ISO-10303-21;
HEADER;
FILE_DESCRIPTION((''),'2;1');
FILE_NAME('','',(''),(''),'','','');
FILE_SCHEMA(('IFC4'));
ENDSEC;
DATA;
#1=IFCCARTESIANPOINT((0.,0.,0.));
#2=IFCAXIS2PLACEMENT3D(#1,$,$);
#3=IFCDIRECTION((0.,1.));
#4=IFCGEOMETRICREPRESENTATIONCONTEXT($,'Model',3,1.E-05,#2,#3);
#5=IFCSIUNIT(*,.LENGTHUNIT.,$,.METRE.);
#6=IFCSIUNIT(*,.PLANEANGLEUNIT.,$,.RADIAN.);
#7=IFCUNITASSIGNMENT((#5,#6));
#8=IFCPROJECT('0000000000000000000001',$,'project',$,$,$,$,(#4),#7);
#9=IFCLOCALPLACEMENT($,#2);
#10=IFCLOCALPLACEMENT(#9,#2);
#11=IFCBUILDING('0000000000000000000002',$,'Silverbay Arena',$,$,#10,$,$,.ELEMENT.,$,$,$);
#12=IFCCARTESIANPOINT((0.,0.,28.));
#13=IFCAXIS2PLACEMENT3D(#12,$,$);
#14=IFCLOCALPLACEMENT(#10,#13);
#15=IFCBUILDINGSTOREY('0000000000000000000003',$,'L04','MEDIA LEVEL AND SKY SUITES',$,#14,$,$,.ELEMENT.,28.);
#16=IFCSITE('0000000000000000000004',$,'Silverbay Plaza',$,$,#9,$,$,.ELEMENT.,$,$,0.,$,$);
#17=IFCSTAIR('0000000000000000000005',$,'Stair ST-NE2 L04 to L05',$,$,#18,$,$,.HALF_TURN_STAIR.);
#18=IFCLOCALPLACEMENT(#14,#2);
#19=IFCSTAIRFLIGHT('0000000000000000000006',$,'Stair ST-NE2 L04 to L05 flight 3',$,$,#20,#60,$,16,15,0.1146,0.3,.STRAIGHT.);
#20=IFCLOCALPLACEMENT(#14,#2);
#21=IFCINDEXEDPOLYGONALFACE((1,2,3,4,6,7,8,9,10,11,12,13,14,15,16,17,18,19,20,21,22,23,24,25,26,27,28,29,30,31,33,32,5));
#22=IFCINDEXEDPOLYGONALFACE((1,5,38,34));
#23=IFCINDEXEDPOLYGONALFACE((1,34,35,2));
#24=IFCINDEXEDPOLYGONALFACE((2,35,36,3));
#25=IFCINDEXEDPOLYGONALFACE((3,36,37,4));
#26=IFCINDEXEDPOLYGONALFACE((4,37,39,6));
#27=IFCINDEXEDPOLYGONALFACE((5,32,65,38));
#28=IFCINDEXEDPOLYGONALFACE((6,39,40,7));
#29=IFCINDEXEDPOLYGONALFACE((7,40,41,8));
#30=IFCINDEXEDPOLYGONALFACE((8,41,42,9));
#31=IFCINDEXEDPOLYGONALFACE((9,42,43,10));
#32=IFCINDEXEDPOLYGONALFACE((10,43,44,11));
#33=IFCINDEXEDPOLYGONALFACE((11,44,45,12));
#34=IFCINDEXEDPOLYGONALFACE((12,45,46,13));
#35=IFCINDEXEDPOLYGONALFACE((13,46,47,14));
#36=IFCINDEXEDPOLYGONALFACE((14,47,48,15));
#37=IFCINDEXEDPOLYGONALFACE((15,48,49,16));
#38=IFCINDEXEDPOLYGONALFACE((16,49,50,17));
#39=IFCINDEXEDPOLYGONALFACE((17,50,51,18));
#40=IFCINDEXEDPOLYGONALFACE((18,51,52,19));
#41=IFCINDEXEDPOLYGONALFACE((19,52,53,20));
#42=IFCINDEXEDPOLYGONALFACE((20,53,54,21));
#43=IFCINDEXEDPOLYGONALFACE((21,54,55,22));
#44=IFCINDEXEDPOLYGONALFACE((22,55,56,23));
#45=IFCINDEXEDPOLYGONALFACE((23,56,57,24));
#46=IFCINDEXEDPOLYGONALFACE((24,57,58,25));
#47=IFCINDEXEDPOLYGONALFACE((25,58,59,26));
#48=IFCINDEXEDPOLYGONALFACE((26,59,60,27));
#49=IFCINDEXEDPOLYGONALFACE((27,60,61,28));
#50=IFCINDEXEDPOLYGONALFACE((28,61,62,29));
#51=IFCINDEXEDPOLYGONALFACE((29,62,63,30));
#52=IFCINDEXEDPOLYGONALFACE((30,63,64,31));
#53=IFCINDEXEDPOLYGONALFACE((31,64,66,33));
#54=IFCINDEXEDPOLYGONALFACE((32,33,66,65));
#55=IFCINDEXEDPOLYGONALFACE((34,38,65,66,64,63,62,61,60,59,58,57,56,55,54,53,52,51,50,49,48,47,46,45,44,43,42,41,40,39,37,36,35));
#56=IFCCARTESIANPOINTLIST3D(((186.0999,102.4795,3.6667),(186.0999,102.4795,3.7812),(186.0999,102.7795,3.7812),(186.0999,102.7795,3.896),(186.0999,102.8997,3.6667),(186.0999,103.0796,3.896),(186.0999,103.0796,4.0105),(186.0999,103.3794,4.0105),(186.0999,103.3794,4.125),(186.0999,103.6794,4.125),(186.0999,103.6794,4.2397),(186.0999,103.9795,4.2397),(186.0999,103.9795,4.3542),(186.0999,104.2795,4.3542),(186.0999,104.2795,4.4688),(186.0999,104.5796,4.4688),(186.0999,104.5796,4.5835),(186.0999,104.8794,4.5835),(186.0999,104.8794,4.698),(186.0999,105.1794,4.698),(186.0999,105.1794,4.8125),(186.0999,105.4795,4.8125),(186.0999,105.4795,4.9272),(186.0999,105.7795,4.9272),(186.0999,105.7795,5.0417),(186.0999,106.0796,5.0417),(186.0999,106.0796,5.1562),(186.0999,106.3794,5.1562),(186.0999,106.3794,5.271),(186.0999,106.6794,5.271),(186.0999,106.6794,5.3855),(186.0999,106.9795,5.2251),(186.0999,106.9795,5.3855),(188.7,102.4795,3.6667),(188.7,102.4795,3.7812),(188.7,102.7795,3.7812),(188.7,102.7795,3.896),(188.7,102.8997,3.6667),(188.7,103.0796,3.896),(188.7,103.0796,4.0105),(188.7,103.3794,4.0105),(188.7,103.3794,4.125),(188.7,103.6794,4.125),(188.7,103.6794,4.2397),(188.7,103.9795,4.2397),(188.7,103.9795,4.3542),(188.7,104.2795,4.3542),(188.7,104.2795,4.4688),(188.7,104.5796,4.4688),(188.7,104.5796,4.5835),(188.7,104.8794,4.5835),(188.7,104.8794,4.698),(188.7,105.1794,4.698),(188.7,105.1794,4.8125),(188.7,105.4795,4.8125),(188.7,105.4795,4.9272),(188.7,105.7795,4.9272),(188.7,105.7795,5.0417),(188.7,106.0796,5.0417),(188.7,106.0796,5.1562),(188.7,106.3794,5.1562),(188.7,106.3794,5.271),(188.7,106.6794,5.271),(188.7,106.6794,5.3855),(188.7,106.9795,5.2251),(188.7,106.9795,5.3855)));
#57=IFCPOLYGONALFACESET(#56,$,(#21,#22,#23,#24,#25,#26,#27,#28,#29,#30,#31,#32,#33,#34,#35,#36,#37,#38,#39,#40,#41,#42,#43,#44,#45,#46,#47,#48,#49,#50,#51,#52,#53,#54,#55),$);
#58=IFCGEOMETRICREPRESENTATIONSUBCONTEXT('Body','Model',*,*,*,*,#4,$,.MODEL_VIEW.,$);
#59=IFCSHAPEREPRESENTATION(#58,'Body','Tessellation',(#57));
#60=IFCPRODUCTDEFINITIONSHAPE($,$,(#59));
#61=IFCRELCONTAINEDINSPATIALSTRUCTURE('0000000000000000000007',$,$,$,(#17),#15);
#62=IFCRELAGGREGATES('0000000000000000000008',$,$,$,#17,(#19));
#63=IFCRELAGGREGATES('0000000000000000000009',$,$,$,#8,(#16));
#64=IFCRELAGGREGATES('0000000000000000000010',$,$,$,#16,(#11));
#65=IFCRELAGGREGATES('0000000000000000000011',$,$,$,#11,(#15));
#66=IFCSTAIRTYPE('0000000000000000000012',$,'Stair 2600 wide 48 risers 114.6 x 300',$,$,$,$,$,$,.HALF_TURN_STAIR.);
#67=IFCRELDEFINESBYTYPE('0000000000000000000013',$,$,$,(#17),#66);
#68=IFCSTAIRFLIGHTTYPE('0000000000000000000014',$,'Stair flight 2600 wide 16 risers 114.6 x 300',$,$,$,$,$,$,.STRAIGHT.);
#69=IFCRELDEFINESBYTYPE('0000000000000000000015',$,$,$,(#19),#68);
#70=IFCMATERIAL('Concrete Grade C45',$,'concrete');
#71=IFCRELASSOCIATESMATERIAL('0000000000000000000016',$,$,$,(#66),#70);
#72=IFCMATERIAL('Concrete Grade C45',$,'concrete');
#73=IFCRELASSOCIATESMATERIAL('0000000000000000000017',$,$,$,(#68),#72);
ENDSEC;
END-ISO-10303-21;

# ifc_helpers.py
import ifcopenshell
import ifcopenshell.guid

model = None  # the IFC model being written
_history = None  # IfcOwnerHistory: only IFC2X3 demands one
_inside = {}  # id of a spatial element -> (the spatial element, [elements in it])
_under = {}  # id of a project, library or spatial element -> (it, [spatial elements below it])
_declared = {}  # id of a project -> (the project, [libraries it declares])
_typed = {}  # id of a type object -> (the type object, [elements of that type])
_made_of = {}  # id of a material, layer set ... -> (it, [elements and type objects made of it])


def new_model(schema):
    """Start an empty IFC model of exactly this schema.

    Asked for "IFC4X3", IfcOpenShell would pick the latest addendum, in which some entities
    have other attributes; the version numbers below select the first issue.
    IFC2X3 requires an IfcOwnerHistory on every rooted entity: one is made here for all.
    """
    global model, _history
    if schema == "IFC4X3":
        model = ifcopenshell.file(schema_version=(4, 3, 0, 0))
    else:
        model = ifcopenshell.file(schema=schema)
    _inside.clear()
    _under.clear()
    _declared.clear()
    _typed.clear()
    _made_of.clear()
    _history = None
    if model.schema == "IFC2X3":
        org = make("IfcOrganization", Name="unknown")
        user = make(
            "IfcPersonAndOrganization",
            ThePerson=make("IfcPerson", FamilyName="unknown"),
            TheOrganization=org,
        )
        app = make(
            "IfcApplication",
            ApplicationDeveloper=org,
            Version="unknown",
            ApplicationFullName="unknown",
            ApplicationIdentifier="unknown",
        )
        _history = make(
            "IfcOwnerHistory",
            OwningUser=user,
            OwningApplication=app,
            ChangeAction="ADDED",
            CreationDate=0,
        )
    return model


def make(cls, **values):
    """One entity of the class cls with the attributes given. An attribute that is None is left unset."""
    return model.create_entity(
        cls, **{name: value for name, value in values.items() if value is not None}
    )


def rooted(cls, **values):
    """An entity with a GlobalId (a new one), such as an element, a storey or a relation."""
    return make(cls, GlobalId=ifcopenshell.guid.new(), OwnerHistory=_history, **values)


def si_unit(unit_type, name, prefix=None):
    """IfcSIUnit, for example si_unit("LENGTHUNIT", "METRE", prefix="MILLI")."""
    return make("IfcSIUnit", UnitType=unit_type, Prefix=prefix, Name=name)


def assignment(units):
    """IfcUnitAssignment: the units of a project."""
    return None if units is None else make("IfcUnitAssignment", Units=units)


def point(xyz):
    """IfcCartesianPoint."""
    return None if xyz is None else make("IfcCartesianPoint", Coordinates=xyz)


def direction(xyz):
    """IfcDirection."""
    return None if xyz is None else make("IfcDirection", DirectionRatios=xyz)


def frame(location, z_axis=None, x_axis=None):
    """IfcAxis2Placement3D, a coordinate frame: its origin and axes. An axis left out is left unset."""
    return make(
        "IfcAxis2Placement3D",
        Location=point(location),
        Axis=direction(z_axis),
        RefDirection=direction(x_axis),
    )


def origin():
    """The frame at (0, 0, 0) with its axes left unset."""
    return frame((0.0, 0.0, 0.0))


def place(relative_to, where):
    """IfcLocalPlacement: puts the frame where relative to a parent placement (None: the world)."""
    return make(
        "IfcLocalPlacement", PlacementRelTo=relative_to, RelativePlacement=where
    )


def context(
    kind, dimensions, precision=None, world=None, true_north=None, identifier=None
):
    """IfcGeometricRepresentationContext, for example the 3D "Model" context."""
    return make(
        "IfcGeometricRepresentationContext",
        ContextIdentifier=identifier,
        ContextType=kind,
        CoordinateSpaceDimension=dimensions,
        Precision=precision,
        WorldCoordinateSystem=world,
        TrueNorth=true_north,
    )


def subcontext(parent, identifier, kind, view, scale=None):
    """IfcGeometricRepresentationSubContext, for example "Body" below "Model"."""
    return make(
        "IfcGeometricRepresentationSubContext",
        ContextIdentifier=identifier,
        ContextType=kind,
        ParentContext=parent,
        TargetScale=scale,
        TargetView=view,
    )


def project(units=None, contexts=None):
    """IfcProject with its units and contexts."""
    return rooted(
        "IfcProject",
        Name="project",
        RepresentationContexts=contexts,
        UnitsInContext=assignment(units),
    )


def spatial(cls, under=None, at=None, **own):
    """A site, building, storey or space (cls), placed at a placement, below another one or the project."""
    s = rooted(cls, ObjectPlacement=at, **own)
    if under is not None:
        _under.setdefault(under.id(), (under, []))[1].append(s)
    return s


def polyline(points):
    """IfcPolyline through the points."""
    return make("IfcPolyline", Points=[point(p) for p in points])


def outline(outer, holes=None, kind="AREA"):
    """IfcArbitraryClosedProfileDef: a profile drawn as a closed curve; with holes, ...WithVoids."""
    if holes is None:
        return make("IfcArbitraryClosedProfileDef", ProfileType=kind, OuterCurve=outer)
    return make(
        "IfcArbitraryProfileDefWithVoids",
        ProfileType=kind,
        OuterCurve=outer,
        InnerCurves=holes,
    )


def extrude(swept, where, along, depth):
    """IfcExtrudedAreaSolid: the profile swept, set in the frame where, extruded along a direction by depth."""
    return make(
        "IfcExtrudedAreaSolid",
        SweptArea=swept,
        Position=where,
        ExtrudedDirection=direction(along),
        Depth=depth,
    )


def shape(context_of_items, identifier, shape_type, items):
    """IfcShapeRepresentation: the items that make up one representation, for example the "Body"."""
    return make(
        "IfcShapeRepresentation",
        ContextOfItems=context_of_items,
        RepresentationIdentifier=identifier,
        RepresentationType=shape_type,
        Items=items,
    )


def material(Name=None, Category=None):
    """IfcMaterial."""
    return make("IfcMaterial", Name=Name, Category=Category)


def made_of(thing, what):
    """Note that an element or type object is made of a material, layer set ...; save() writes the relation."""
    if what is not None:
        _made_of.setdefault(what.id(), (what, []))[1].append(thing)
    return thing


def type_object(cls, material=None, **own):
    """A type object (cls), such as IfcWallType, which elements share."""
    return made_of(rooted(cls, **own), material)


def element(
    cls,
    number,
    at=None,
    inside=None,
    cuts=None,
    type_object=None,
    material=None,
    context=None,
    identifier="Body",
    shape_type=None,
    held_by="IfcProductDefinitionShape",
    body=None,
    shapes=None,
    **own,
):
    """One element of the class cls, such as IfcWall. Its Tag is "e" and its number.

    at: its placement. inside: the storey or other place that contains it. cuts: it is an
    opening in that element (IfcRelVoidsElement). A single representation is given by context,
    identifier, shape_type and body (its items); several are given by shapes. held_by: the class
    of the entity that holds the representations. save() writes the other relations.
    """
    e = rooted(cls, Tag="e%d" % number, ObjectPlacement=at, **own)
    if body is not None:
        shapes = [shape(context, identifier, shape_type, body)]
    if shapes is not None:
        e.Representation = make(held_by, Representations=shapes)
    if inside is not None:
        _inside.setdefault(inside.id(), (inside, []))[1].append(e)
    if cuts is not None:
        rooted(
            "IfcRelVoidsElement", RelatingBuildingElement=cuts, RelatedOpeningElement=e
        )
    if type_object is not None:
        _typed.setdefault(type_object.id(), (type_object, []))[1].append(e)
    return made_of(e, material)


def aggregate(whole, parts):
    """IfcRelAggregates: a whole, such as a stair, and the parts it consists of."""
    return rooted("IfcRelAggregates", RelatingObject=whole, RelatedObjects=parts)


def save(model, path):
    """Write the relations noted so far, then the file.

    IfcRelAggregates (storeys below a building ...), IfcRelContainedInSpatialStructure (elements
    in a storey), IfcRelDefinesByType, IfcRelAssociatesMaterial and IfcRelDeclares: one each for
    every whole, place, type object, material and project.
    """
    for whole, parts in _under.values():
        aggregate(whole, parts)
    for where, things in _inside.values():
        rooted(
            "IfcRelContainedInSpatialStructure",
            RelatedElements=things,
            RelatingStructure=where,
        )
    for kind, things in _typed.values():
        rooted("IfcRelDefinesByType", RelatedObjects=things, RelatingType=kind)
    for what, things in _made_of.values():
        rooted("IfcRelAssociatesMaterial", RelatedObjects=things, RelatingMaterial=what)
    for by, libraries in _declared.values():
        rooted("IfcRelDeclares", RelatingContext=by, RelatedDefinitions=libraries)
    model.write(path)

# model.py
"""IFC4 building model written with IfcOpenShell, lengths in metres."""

from ifc_helpers import new_model, si_unit, direction, frame, origin, place, context, subcontext, project, spatial, polyline, outline, extrude, material, type_object, element, aggregate, save


model = new_model("IFC4")

# Units and contexts
model_context = context("Model", 3, precision=1e-05, world=origin(), true_north=direction((0.0, 1.0)))
body_context = subcontext(model_context, "Body", "Model", "MODEL_VIEW")
ifc_project = project(units=[si_unit("LENGTHUNIT", "METRE"), si_unit("PLANEANGLEUNIT", "RADIAN")], contexts=[model_context])

# Site, building, storey
site_placement = place(None, origin())
site = spatial("IfcSite", under=ifc_project, at=site_placement, Name="Silverbay Plaza", CompositionType="ELEMENT", RefElevation=0.0)
building_placement = place(site_placement, origin())
building = spatial("IfcBuilding", under=site, at=building_placement, Name="Silverbay Arena", CompositionType="ELEMENT")
storey_placement = place(building_placement, frame((0.0, 0.0, 28.0)))
storey = spatial("IfcBuildingStorey", under=building, at=storey_placement, Name="L04", Description="MEDIA LEVEL AND SKY SUITES", CompositionType="ELEMENT", Elevation=28.0)

# Shared definitions
ifc_material_1 = material(Name="Concrete Grade C45", Category="concrete")
stair_type = type_object("IfcStairType", Name="Stair 2600 wide 48 risers 114.6 x 300", PredefinedType="HALF_TURN_STAIR", material=ifc_material_1)
ifc_material_2 = material(Name="Concrete Grade C45", Category="concrete")
stair_flight_type = type_object("IfcStairFlightType", Name="Stair flight 2600 wide 16 risers 114.6 x 300", PredefinedType="STRAIGHT", material=ifc_material_2)

# Stair, stair flight
stair_1_placement = place(storey_placement, origin())
stair_1 = element("IfcStair", 1, at=stair_1_placement, inside=storey, type_object=stair_type, Name="Stair ST-NE2 L04 to L05", PredefinedType="HALF_TURN_STAIR")
stair_flight_1_placement = place(storey_placement, frame((187.3999, 102.4795, 3.6667), z_axis=(0.0, 0.0, 1.0), x_axis=(0.0, 1.0, 0.0)))
stair_flight_1 = element("IfcStairFlight", 2, at=stair_flight_1_placement, type_object=stair_flight_type, Name="Stair ST-NE2 L04 to L05 flight 3", NumberOfRisers=16, NumberOfTreads=15, PredefinedType="STRAIGHT", RiserHeight=0.1146, TreadLength=0.3, context=body_context, shape_type="SweptSolid", body=[
    extrude(outline(polyline([(0.0, 0.0), (0.0, 0.1145), (0.3, 0.1145), (0.3, 0.2292), (0.6001, 0.2292), (0.6001, 0.3438), (0.8999, 0.3438), (0.8999, 0.4583), (1.2, 0.4583), (1.2, 0.573), (1.5, 0.573), (1.5, 0.6875), (1.8, 0.6875), (1.8, 0.802), (2.1001, 0.802), (2.1001, 0.9167), (2.3999, 0.9167), (2.3999, 1.0312), (2.7, 1.0312), (2.7, 1.1458), (3.0, 1.1458), (3.0, 1.2605), (3.3, 1.2605), (3.3, 1.375), (3.6001, 1.375), (3.6001, 1.4895), (3.8999, 1.4895), (3.8999, 1.6042), (4.2, 1.6042), (4.2, 1.7188), (4.5, 1.7188), (4.5, 1.5583), (0.4202, 0.0), (0.0, 0.0)])), frame((0.0, 1.3, 0.0), z_axis=(0.0, -1.0, 0.0), x_axis=(1.0, 0.0, 0.0)), (0.0, 0.0, 1.0), 2.6001),
])
aggregate(stair_1, [stair_flight_1])

save(model, "model.ifc")
